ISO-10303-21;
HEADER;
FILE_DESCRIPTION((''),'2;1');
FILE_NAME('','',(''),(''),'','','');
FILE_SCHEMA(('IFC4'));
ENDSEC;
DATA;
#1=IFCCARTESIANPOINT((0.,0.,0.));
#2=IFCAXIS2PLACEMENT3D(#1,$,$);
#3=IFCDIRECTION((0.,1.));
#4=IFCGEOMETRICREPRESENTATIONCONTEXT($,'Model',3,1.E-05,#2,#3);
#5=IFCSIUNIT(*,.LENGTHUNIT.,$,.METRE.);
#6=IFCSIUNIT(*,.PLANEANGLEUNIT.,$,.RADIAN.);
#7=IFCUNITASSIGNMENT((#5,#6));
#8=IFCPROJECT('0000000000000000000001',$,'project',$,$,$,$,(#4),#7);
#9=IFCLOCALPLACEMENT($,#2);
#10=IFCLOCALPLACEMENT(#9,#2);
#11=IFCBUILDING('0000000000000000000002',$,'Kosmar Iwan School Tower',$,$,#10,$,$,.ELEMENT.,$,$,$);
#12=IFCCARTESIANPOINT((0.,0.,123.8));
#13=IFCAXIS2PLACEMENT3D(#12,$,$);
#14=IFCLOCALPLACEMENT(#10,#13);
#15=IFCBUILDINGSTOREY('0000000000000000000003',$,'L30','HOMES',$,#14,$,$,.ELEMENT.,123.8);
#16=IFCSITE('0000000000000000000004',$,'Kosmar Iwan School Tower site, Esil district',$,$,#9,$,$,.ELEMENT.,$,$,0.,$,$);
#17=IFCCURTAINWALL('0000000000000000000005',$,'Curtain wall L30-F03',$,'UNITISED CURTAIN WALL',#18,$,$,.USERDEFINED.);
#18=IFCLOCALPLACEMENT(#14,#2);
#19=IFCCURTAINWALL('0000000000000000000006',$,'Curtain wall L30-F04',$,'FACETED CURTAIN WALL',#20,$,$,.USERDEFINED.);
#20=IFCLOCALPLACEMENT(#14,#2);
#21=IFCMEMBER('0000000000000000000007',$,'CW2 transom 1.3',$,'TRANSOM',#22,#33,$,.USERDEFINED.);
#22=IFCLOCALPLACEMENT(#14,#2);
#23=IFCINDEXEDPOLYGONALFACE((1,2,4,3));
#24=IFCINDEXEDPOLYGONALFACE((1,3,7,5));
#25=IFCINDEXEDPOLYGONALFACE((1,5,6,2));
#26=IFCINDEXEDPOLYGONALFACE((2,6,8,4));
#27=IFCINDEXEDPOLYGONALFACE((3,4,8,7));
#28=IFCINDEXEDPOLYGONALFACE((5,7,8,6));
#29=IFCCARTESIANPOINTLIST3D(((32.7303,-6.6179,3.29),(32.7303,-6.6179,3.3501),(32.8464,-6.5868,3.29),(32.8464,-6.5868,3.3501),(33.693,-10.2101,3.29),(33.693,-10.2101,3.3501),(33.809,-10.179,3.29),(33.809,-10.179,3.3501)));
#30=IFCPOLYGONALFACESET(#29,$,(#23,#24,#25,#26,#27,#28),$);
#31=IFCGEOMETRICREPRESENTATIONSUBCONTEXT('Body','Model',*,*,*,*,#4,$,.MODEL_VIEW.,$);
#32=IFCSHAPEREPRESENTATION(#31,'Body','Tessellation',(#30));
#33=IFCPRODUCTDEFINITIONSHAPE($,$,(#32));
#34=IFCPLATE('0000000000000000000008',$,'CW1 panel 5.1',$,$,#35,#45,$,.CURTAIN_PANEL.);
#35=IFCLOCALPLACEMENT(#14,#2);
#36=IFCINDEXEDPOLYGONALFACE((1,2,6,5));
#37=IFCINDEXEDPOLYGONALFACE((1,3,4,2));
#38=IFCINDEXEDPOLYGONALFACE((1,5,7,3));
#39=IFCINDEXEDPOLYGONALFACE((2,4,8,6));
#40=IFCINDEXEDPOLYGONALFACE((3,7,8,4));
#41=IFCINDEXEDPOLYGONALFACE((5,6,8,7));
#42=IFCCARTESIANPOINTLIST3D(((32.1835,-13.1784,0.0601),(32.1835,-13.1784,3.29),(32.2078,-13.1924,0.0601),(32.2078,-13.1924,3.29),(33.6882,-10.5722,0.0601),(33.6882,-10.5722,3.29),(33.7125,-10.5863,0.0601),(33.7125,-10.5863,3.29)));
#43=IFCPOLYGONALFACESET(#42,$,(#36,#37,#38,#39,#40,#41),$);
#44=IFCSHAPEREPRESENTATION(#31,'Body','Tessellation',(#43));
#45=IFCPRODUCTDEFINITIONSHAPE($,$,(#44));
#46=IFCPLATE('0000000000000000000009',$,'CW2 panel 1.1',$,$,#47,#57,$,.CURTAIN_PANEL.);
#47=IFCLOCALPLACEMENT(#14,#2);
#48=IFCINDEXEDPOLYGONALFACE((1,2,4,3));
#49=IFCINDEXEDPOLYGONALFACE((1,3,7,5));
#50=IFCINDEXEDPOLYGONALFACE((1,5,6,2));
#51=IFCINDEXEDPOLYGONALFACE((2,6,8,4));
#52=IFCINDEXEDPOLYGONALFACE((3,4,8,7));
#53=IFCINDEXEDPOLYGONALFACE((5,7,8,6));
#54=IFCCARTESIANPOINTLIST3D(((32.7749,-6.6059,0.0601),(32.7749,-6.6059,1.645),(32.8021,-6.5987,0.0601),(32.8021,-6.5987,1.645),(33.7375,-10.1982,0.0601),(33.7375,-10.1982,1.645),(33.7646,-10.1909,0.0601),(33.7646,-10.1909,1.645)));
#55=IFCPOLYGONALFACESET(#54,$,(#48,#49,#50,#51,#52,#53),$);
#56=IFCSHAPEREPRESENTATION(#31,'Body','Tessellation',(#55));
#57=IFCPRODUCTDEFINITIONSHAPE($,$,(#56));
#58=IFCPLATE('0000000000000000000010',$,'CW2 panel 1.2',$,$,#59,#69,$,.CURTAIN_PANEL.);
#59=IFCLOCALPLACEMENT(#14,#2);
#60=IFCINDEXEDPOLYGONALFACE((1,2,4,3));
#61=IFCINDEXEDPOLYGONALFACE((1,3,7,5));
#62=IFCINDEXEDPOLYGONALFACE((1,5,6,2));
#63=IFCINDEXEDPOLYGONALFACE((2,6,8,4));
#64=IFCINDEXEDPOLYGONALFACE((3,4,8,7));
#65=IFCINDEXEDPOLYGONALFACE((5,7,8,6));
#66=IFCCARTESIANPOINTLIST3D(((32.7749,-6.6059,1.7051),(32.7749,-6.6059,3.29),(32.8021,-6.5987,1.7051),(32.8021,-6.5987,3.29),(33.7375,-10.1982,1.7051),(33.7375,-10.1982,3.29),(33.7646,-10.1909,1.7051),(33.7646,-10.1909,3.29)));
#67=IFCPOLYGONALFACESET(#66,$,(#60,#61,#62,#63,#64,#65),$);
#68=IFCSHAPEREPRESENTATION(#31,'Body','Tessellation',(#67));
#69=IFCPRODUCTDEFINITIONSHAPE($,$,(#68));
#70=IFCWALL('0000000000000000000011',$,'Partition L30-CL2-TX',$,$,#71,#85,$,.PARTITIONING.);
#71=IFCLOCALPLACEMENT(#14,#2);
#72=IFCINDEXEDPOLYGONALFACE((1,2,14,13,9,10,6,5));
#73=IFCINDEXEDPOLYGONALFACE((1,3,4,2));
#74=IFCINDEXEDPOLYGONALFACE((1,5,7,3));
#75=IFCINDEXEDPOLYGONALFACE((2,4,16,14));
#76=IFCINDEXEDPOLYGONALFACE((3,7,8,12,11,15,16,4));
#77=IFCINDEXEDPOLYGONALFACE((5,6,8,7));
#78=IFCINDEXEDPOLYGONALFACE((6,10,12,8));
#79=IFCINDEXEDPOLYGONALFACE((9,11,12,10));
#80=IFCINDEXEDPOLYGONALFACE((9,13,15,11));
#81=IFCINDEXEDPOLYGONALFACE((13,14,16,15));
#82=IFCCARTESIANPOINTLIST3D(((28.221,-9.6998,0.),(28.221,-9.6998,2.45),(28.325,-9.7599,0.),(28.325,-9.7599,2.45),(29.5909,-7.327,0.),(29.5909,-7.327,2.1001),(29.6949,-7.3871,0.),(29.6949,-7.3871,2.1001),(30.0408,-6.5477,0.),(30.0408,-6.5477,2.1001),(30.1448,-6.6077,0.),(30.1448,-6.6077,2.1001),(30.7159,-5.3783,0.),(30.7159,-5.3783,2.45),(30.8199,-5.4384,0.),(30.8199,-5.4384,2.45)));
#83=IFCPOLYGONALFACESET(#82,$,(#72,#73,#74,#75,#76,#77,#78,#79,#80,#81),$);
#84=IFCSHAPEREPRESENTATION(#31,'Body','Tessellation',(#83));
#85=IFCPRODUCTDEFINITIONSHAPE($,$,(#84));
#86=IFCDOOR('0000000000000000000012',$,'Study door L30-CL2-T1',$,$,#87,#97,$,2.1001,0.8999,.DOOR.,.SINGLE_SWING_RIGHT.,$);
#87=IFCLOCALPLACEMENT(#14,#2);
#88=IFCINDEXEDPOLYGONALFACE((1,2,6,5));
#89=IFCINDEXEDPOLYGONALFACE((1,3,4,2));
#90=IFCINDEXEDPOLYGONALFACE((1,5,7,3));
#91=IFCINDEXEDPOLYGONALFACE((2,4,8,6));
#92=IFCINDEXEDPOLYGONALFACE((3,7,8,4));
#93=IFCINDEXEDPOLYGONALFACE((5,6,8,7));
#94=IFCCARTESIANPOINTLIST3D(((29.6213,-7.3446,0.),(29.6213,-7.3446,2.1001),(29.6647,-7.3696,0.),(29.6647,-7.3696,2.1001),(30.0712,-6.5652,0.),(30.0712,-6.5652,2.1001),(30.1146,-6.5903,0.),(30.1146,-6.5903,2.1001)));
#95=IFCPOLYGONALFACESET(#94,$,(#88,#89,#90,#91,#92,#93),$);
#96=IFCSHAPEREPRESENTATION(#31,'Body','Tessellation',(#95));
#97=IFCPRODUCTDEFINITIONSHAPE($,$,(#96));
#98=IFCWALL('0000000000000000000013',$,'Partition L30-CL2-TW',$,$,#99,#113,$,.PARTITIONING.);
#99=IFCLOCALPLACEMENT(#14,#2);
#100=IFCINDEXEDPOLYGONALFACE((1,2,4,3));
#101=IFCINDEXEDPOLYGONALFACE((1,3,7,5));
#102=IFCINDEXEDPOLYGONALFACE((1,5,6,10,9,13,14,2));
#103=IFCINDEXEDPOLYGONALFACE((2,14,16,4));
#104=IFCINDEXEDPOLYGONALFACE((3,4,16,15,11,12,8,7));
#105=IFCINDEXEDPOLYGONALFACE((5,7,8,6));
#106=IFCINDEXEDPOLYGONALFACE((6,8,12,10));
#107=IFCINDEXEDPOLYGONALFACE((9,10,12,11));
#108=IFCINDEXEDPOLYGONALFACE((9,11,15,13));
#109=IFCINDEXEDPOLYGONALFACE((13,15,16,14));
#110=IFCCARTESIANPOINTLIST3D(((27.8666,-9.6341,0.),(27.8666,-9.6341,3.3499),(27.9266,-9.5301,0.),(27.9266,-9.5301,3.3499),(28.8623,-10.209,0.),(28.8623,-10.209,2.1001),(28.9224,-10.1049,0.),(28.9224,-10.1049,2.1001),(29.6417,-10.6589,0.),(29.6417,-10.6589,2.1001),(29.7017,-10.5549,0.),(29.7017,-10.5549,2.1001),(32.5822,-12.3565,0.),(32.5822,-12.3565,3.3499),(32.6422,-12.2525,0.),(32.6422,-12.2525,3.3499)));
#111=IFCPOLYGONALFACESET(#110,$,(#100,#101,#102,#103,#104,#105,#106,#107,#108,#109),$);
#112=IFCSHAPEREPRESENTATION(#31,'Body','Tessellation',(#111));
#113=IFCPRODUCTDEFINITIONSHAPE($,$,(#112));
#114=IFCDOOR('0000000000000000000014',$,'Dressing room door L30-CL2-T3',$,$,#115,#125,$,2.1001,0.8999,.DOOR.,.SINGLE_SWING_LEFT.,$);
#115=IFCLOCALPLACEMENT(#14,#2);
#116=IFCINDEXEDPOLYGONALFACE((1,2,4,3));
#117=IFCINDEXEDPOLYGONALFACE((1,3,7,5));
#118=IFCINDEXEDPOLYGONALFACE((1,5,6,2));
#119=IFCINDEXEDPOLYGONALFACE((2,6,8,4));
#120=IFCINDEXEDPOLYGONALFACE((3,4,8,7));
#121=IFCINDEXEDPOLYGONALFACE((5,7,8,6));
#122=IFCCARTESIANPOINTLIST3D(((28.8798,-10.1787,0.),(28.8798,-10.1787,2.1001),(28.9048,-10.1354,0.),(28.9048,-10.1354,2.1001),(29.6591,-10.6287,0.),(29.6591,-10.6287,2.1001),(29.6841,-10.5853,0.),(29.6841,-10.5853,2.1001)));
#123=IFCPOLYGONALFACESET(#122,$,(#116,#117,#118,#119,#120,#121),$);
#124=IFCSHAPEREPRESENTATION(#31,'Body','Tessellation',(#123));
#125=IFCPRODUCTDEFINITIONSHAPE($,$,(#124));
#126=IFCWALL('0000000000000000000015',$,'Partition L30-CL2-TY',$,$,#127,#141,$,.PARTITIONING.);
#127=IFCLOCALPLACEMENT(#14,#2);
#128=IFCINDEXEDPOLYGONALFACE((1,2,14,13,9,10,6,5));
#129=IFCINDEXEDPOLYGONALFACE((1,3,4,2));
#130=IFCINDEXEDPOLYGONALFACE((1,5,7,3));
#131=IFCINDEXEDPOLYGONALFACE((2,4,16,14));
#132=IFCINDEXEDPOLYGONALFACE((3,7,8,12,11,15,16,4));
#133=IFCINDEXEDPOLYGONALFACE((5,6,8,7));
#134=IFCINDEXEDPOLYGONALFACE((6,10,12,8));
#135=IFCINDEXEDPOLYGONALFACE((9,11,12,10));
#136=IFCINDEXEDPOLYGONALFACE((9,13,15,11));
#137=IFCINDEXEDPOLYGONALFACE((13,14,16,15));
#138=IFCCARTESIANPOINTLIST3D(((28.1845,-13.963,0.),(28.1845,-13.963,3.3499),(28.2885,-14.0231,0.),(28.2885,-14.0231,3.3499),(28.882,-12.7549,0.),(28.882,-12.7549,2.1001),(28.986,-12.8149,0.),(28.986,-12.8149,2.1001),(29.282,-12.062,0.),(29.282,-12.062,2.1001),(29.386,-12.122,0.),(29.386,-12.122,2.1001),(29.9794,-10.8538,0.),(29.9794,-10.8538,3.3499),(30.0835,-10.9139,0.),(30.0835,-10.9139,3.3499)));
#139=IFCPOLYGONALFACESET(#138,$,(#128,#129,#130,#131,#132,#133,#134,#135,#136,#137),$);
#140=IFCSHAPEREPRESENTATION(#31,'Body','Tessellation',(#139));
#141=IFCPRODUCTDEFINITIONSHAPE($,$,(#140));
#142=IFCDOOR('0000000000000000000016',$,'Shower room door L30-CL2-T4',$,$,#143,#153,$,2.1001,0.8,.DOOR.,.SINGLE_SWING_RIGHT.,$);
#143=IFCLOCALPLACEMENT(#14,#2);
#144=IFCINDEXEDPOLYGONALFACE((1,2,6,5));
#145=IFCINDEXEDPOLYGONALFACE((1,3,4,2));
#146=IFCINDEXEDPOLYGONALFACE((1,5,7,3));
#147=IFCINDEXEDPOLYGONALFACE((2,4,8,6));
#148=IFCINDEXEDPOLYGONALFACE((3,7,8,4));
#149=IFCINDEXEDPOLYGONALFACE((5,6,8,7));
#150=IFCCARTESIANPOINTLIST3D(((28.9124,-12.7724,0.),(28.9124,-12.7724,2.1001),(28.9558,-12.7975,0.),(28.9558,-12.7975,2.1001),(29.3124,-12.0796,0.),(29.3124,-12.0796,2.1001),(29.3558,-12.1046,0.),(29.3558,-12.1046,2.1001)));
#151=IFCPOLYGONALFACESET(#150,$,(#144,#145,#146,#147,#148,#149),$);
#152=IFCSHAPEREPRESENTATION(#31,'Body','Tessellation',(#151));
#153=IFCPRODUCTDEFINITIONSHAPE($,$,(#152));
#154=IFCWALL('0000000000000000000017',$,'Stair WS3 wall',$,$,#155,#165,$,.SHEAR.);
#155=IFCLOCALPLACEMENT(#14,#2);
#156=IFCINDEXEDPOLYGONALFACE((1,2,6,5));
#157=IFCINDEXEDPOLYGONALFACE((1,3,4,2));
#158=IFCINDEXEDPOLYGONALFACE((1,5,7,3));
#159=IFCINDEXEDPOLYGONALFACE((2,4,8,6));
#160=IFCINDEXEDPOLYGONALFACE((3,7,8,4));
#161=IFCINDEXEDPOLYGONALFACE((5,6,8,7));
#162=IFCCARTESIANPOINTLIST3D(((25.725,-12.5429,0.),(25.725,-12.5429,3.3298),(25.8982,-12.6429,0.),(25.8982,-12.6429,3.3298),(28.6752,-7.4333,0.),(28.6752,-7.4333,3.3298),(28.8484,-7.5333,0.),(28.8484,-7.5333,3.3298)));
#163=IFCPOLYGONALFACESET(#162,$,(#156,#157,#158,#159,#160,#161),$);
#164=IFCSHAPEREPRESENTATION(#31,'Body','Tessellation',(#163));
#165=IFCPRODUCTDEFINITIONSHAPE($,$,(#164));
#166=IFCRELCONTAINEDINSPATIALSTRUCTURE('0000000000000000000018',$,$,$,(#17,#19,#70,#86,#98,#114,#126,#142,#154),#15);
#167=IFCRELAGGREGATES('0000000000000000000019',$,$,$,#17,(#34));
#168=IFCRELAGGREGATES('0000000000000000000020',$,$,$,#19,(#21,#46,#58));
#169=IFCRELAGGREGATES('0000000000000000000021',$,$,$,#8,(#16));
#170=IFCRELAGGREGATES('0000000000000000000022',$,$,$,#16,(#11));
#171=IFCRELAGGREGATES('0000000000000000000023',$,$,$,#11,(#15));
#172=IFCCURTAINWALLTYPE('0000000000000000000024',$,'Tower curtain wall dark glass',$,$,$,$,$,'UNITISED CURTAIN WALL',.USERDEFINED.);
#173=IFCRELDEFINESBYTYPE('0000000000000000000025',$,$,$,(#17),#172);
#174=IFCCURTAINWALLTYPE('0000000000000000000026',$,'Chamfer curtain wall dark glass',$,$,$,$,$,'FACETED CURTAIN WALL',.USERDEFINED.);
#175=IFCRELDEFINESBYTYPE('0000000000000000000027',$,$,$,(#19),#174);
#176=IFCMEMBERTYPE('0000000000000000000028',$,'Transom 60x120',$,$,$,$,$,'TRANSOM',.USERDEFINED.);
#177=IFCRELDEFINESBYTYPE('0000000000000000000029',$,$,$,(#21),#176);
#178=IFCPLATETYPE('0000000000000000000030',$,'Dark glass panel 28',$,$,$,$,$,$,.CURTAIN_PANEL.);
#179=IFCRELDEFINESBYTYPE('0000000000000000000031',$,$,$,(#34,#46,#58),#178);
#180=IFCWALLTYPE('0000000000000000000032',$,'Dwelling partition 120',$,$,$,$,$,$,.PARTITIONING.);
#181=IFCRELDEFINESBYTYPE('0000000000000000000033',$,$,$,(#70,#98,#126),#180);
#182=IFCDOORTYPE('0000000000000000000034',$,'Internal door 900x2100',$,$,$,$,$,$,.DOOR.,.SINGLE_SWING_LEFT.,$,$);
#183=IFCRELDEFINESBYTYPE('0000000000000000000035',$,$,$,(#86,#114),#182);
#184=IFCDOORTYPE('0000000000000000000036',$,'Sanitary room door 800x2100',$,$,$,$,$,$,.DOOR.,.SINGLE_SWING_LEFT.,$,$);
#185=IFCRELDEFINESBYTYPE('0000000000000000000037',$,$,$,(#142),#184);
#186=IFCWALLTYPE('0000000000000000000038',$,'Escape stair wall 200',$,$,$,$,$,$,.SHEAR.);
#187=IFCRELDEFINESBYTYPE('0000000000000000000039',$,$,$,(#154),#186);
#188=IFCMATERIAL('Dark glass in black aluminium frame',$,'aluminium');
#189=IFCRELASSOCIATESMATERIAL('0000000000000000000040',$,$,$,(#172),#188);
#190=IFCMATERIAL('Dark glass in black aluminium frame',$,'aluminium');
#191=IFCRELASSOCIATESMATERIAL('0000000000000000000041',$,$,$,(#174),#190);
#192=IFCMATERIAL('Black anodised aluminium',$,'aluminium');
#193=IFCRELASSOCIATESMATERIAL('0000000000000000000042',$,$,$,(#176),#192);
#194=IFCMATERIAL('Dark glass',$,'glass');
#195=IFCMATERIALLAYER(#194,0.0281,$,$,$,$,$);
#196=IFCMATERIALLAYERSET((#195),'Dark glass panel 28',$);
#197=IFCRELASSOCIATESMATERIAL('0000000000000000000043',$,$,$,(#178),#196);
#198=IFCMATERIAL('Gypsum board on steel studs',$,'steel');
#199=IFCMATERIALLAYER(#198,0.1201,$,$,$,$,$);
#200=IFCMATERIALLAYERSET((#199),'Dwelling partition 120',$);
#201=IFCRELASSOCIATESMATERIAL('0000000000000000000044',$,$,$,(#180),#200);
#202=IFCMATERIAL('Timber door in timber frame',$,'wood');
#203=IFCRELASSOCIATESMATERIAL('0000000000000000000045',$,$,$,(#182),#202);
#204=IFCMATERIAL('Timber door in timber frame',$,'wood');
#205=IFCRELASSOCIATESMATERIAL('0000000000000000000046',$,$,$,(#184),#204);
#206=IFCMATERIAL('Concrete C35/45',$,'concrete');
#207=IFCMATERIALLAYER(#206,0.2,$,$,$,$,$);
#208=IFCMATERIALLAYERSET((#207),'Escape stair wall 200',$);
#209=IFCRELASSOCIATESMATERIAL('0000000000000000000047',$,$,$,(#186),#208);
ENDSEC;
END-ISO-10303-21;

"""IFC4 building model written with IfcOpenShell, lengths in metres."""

from ifc_helpers import new_model, si_unit, direction, frame, frame_2d, origin, origin_2d, place, context, subcontext, project, spatial, rectangle, extrude, material, layer, layer_set, material_profile, profile_set, type_object, element, fill, aggregate, save


model = new_model("IFC4")

# Units and contexts
model_context = context("Model", 3, precision=1e-05, world=origin(), true_north=direction((0.0, 1.0)))
body_context = subcontext(model_context, "Body", "Model", "MODEL_VIEW")
ifc_project = project(units=[si_unit("LENGTHUNIT", "METRE"), si_unit("PLANEANGLEUNIT", "RADIAN")], contexts=[model_context])

# Site, building, storey
site_placement = place(None, origin())
site = spatial("IfcSite", under=ifc_project, at=site_placement, Name="Kosmar Iwan School Tower site, Esil district", CompositionType="ELEMENT", RefElevation=0.0)
building_placement = place(site_placement, origin())
building = spatial("IfcBuilding", under=site, at=building_placement, Name="Kosmar Iwan School Tower", CompositionType="ELEMENT")
storey_placement = place(building_placement, frame((0.0, 0.0, 123.8)))
storey = spatial("IfcBuildingStorey", under=building, at=storey_placement, Name="L30", Description="HOMES", CompositionType="ELEMENT", Elevation=123.8)

# Curtain walls
ifc_material_1 = material(Name="Dark glass in black aluminium frame", Category="aluminium")
curtain_wall_type_1 = type_object("IfcCurtainWallType", Name="Tower curtain wall dark glass", ElementType="UNITISED CURTAIN WALL", PredefinedType="USERDEFINED", material=ifc_material_1)
curtain_wall_1_placement = place(storey_placement, origin())
curtain_wall_1 = element("IfcCurtainWall", 1, at=curtain_wall_1_placement, inside=storey, type_object=curtain_wall_type_1, Name="Curtain wall L30-F03", ObjectType="UNITISED CURTAIN WALL", PredefinedType="USERDEFINED")
ifc_material_2 = material(Name="Dark glass in black aluminium frame", Category="aluminium")
curtain_wall_type_2 = type_object("IfcCurtainWallType", Name="Chamfer curtain wall dark glass", ElementType="FACETED CURTAIN WALL", PredefinedType="USERDEFINED", material=ifc_material_2)
curtain_wall_2_placement = place(storey_placement, origin())
curtain_wall_2 = element("IfcCurtainWall", 2, at=curtain_wall_2_placement, inside=storey, type_object=curtain_wall_type_2, Name="Curtain wall L30-F04", ObjectType="FACETED CURTAIN WALL", PredefinedType="USERDEFINED")

# Member
ifc_material_3 = material(Name="Black anodised aluminium", Category="aluminium")
ifc_material_profile_1 = material_profile(ifc_material_3, rectangle(XDim=0.1201, YDim=0.0601, at=origin_2d()), Name="TRANSOM 60x120")
ifc_profile_set_1 = profile_set([ifc_material_profile_1], Name="Black anodised aluminium")
member_type_1 = type_object("IfcMemberType", Name="Transom 60x120", ElementType="TRANSOM", PredefinedType="USERDEFINED", material=ifc_profile_set_1)
member_1_placement = place(storey_placement, frame((33.751, -10.1946, 3.3201), z_axis=(-0.258843, 0.965919, 0.0), x_axis=(-0.965919, -0.258843, 0.0)))
member_1 = element("IfcMember", 3, at=member_1_placement, type_object=member_type_1, Name="CW2 transom 1.3", ObjectType="TRANSOM", PredefinedType="USERDEFINED", context=body_context, shape_type="SweptSolid", body=[
    extrude(rectangle(XDim=0.1201, YDim=0.0601, at=origin_2d()), origin(), (0.0, 0.0, 1.0), 3.719),
])

# Plates
ifc_material_4 = material(Name="Dark glass", Category="glass")
ifc_layer_1 = layer(ifc_material_4, 0.0281)
ifc_layer_set_1 = layer_set([ifc_layer_1], Name="Dark glass panel 28")
plate_type = type_object("IfcPlateType", Name="Dark glass panel 28", PredefinedType="CURTAIN_PANEL", material=ifc_layer_set_1)
plate_1_placement = place(storey_placement, frame((32.948, -11.8823, 0.0601), z_axis=(0.0, 0.0, 1.0), x_axis=(0.5, 0.866025, 0.0)))
plate_1 = element("IfcPlate", 4, at=plate_1_placement, type_object=plate_type, Name="CW1 panel 5.1", PredefinedType="CURTAIN_PANEL", context=body_context, shape_type="SweptSolid", body=[
    extrude(rectangle(XDim=3.0093, YDim=0.0281, at=origin_2d()), origin(), (0.0, 0.0, 1.0), 3.23),
])
aggregate(curtain_wall_1, [plate_1])
plate_2_placement = place(storey_placement, frame((33.2698, -8.3984, 0.0601), z_axis=(0.0, 0.0, 1.0), x_axis=(-0.258819, 0.965926, 0.0)))
plate_2 = element("IfcPlate", 5, at=plate_2_placement, type_object=plate_type, Name="CW2 panel 1.1", PredefinedType="CURTAIN_PANEL", context=body_context, shape_type="SweptSolid", body=[
    extrude(rectangle(XDim=3.719, YDim=0.0281, at=origin_2d()), origin(), (0.0, 0.0, 1.0), 1.585),
])
plate_3_placement = place(storey_placement, frame((33.2698, -8.3984, 1.7051), z_axis=(0.0, 0.0, 1.0), x_axis=(-0.258819, 0.965926, 0.0)))
plate_3 = element("IfcPlate", 6, at=plate_3_placement, type_object=plate_type, Name="CW2 panel 1.2", PredefinedType="CURTAIN_PANEL", context=body_context, shape_type="SweptSolid", body=[
    extrude(rectangle(XDim=3.719, YDim=0.0281, at=origin_2d()), origin(), (0.0, 0.0, 1.0), 1.585),
])
aggregate(curtain_wall_2, [member_1, plate_2, plate_3])

# Walls, openings, doors
ifc_material_5 = material(Name="Gypsum board on steel studs", Category="steel")
ifc_layer_2 = layer(ifc_material_5, 0.1201)
ifc_layer_set_2 = layer_set([ifc_layer_2], Name="Dwelling partition 120")
wall_type_1 = type_object("IfcWallType", Name="Dwelling partition 120", PredefinedType="PARTITIONING", material=ifc_layer_set_2)
wall_1_placement = place(storey_placement, frame((28.2729, -9.73, 0.0), z_axis=(0.0, 0.0, 1.0), x_axis=(0.499975, 0.86604, 0.0)))
wall_1 = element("IfcWall", 7, at=wall_1_placement, inside=storey, type_object=wall_type_1, Name="Partition L30-CL2-TX", PredefinedType="PARTITIONING", context=body_context, shape_type="SweptSolid", body=[
    extrude(rectangle(XDim=4.99, YDim=0.1201, at=frame_2d((2.4951, 0.0))), origin(), (0.0, 0.0, 1.0), 2.45),
])
opening_1_placement = place(wall_1_placement, frame((2.74, 0.0, 0.0)))
opening_1 = element("IfcOpeningElement", 8, at=opening_1_placement, cuts=wall_1, PredefinedType="OPENING", context=body_context, shape_type="SweptSolid", body=[
    extrude(rectangle(XDim=0.8999, YDim=2.1001, at=frame_2d((0.45, 1.05))), frame((0.0, 0.072, 0.0), z_axis=(0.0, -1.0, 0.0), x_axis=(1.0, 0.0, 0.0)), (0.0, 0.0, 1.0), 0.144),
])
ifc_material_6 = material(Name="Timber door in timber frame", Category="wood")
door_type_1 = type_object("IfcDoorType", Name="Internal door 900x2100", OperationType="SINGLE_SWING_LEFT", PredefinedType="DOOR", material=ifc_material_6)
door_1_placement = place(opening_1_placement, origin())
door_1 = element("IfcDoor", 9, at=door_1_placement, inside=storey, type_object=door_type_1, Name="Study door L30-CL2-T1", OperationType="SINGLE_SWING_RIGHT", OverallHeight=2.1001, OverallWidth=0.8999, PredefinedType="DOOR", context=body_context, shape_type="SweptSolid", body=[
    extrude(rectangle(XDim=0.8999, YDim=2.1001, at=frame_2d((0.45, 1.05))), frame((0.0, 0.0249, 0.0), z_axis=(0.0, -1.0, 0.0), x_axis=(1.0, 0.0, 0.0)), (0.0, 0.0, 1.0), 0.05),
])
fill(opening_1, door_1)
wall_2_placement = place(storey_placement, frame((27.8965, -9.582, 0.0), z_axis=(0.0, 0.0, 1.0), x_axis=(0.866036, -0.499982, 0.0)))
wall_2 = element("IfcWall", 10, at=wall_2_placement, inside=storey, type_object=wall_type_1, Name="Partition L30-CL2-TW", PredefinedType="PARTITIONING", context=body_context, shape_type="SweptSolid", body=[
    extrude(rectangle(XDim=5.4451, YDim=0.1201, at=frame_2d((2.7227, 0.0))), origin(), (0.0, 0.0, 1.0), 3.3499),
])
opening_2_placement = place(wall_2_placement, frame((1.1499, 0.0, 0.0)))
opening_2 = element("IfcOpeningElement", 11, at=opening_2_placement, cuts=wall_2, PredefinedType="OPENING", context=body_context, shape_type="SweptSolid", body=[
    extrude(rectangle(XDim=0.8999, YDim=2.1001, at=frame_2d((0.45, 1.05))), frame((0.0, 0.072, 0.0), z_axis=(0.0, -1.0, 0.0), x_axis=(1.0, 0.0, 0.0)), (0.0, 0.0, 1.0), 0.144),
])
door_2_placement = place(opening_2_placement, origin())
door_2 = element("IfcDoor", 12, at=door_2_placement, inside=storey, type_object=door_type_1, Name="Dressing room door L30-CL2-T3", OperationType="SINGLE_SWING_LEFT", OverallHeight=2.1001, OverallWidth=0.8999, PredefinedType="DOOR", context=body_context, shape_type="SweptSolid", body=[
    extrude(rectangle(XDim=0.8999, YDim=2.1001, at=frame_2d((0.45, 1.05))), frame((0.0, 0.0249, 0.0), z_axis=(0.0, -1.0, 0.0), x_axis=(1.0, 0.0, 0.0)), (0.0, 0.0, 1.0), 0.05),
])
fill(opening_2, door_2)
wall_3_placement = place(storey_placement, frame((28.2366, -13.9929, 0.0), z_axis=(0.0, 0.0, 1.0), x_axis=(0.499972, 0.866042, 0.0)))
wall_3 = element("IfcWall", 13, at=wall_3_placement, inside=storey, type_object=wall_type_1, Name="Partition L30-CL2-TY", PredefinedType="PARTITIONING", context=body_context, shape_type="SweptSolid", body=[
    extrude(rectangle(XDim=3.5901, YDim=0.1201, at=frame_2d((1.7949, 0.0))), origin(), (0.0, 0.0, 1.0), 3.3499),
])
opening_3_placement = place(wall_3_placement, frame((1.395, 0.0, 0.0)))
opening_3 = element("IfcOpeningElement", 14, at=opening_3_placement, cuts=wall_3, PredefinedType="OPENING", context=body_context, shape_type="SweptSolid", body=[
    extrude(rectangle(XDim=0.8, YDim=2.1001, at=frame_2d((0.3999, 1.05))), frame((0.0, 0.072, 0.0), z_axis=(0.0, -1.0, 0.0), x_axis=(1.0, 0.0, 0.0)), (0.0, 0.0, 1.0), 0.144),
])
ifc_material_7 = material(Name="Timber door in timber frame", Category="wood")
door_type_2 = type_object("IfcDoorType", Name="Sanitary room door 800x2100", OperationType="SINGLE_SWING_LEFT", PredefinedType="DOOR", material=ifc_material_7)
door_3_placement = place(opening_3_placement, origin())
door_3 = element("IfcDoor", 15, at=door_3_placement, inside=storey, type_object=door_type_2, Name="Shower room door L30-CL2-T4", OperationType="SINGLE_SWING_RIGHT", OverallHeight=2.1001, OverallWidth=0.8, PredefinedType="DOOR", context=body_context, shape_type="SweptSolid", body=[
    extrude(rectangle(XDim=0.8, YDim=2.1001, at=frame_2d((0.3999, 1.05))), frame((0.0, 0.0249, 0.0), z_axis=(0.0, -1.0, 0.0), x_axis=(1.0, 0.0, 0.0)), (0.0, 0.0, 1.0), 0.05),
])
fill(opening_3, door_3)

# Wall
ifc_material_8 = material(Name="Concrete C35/45", Category="concrete")
ifc_layer_3 = layer(ifc_material_8, 0.2)
ifc_layer_set_3 = layer_set([ifc_layer_3], Name="Escape stair wall 200")
wall_type_2 = type_object("IfcWallType", Name="Escape stair wall 200", PredefinedType="SHEAR", material=ifc_layer_set_3)
wall_4_placement = place(storey_placement, frame((25.8115, -12.593, 0.0), z_axis=(0.0, 0.0, 1.0), x_axis=(0.50002, 0.866014, 0.0)))
element("IfcWall", 16, at=wall_4_placement, inside=storey, type_object=wall_type_2, Name="Stair WS3 wall", PredefinedType="SHEAR", context=body_context, shape_type="SweptSolid", body=[
    extrude(rectangle(XDim=5.9001, YDim=0.2, at=frame_2d((2.9502, 0.0))), origin(), (0.0, 0.0, 1.0), 3.3298),
])

save(model, "model.ifc")
